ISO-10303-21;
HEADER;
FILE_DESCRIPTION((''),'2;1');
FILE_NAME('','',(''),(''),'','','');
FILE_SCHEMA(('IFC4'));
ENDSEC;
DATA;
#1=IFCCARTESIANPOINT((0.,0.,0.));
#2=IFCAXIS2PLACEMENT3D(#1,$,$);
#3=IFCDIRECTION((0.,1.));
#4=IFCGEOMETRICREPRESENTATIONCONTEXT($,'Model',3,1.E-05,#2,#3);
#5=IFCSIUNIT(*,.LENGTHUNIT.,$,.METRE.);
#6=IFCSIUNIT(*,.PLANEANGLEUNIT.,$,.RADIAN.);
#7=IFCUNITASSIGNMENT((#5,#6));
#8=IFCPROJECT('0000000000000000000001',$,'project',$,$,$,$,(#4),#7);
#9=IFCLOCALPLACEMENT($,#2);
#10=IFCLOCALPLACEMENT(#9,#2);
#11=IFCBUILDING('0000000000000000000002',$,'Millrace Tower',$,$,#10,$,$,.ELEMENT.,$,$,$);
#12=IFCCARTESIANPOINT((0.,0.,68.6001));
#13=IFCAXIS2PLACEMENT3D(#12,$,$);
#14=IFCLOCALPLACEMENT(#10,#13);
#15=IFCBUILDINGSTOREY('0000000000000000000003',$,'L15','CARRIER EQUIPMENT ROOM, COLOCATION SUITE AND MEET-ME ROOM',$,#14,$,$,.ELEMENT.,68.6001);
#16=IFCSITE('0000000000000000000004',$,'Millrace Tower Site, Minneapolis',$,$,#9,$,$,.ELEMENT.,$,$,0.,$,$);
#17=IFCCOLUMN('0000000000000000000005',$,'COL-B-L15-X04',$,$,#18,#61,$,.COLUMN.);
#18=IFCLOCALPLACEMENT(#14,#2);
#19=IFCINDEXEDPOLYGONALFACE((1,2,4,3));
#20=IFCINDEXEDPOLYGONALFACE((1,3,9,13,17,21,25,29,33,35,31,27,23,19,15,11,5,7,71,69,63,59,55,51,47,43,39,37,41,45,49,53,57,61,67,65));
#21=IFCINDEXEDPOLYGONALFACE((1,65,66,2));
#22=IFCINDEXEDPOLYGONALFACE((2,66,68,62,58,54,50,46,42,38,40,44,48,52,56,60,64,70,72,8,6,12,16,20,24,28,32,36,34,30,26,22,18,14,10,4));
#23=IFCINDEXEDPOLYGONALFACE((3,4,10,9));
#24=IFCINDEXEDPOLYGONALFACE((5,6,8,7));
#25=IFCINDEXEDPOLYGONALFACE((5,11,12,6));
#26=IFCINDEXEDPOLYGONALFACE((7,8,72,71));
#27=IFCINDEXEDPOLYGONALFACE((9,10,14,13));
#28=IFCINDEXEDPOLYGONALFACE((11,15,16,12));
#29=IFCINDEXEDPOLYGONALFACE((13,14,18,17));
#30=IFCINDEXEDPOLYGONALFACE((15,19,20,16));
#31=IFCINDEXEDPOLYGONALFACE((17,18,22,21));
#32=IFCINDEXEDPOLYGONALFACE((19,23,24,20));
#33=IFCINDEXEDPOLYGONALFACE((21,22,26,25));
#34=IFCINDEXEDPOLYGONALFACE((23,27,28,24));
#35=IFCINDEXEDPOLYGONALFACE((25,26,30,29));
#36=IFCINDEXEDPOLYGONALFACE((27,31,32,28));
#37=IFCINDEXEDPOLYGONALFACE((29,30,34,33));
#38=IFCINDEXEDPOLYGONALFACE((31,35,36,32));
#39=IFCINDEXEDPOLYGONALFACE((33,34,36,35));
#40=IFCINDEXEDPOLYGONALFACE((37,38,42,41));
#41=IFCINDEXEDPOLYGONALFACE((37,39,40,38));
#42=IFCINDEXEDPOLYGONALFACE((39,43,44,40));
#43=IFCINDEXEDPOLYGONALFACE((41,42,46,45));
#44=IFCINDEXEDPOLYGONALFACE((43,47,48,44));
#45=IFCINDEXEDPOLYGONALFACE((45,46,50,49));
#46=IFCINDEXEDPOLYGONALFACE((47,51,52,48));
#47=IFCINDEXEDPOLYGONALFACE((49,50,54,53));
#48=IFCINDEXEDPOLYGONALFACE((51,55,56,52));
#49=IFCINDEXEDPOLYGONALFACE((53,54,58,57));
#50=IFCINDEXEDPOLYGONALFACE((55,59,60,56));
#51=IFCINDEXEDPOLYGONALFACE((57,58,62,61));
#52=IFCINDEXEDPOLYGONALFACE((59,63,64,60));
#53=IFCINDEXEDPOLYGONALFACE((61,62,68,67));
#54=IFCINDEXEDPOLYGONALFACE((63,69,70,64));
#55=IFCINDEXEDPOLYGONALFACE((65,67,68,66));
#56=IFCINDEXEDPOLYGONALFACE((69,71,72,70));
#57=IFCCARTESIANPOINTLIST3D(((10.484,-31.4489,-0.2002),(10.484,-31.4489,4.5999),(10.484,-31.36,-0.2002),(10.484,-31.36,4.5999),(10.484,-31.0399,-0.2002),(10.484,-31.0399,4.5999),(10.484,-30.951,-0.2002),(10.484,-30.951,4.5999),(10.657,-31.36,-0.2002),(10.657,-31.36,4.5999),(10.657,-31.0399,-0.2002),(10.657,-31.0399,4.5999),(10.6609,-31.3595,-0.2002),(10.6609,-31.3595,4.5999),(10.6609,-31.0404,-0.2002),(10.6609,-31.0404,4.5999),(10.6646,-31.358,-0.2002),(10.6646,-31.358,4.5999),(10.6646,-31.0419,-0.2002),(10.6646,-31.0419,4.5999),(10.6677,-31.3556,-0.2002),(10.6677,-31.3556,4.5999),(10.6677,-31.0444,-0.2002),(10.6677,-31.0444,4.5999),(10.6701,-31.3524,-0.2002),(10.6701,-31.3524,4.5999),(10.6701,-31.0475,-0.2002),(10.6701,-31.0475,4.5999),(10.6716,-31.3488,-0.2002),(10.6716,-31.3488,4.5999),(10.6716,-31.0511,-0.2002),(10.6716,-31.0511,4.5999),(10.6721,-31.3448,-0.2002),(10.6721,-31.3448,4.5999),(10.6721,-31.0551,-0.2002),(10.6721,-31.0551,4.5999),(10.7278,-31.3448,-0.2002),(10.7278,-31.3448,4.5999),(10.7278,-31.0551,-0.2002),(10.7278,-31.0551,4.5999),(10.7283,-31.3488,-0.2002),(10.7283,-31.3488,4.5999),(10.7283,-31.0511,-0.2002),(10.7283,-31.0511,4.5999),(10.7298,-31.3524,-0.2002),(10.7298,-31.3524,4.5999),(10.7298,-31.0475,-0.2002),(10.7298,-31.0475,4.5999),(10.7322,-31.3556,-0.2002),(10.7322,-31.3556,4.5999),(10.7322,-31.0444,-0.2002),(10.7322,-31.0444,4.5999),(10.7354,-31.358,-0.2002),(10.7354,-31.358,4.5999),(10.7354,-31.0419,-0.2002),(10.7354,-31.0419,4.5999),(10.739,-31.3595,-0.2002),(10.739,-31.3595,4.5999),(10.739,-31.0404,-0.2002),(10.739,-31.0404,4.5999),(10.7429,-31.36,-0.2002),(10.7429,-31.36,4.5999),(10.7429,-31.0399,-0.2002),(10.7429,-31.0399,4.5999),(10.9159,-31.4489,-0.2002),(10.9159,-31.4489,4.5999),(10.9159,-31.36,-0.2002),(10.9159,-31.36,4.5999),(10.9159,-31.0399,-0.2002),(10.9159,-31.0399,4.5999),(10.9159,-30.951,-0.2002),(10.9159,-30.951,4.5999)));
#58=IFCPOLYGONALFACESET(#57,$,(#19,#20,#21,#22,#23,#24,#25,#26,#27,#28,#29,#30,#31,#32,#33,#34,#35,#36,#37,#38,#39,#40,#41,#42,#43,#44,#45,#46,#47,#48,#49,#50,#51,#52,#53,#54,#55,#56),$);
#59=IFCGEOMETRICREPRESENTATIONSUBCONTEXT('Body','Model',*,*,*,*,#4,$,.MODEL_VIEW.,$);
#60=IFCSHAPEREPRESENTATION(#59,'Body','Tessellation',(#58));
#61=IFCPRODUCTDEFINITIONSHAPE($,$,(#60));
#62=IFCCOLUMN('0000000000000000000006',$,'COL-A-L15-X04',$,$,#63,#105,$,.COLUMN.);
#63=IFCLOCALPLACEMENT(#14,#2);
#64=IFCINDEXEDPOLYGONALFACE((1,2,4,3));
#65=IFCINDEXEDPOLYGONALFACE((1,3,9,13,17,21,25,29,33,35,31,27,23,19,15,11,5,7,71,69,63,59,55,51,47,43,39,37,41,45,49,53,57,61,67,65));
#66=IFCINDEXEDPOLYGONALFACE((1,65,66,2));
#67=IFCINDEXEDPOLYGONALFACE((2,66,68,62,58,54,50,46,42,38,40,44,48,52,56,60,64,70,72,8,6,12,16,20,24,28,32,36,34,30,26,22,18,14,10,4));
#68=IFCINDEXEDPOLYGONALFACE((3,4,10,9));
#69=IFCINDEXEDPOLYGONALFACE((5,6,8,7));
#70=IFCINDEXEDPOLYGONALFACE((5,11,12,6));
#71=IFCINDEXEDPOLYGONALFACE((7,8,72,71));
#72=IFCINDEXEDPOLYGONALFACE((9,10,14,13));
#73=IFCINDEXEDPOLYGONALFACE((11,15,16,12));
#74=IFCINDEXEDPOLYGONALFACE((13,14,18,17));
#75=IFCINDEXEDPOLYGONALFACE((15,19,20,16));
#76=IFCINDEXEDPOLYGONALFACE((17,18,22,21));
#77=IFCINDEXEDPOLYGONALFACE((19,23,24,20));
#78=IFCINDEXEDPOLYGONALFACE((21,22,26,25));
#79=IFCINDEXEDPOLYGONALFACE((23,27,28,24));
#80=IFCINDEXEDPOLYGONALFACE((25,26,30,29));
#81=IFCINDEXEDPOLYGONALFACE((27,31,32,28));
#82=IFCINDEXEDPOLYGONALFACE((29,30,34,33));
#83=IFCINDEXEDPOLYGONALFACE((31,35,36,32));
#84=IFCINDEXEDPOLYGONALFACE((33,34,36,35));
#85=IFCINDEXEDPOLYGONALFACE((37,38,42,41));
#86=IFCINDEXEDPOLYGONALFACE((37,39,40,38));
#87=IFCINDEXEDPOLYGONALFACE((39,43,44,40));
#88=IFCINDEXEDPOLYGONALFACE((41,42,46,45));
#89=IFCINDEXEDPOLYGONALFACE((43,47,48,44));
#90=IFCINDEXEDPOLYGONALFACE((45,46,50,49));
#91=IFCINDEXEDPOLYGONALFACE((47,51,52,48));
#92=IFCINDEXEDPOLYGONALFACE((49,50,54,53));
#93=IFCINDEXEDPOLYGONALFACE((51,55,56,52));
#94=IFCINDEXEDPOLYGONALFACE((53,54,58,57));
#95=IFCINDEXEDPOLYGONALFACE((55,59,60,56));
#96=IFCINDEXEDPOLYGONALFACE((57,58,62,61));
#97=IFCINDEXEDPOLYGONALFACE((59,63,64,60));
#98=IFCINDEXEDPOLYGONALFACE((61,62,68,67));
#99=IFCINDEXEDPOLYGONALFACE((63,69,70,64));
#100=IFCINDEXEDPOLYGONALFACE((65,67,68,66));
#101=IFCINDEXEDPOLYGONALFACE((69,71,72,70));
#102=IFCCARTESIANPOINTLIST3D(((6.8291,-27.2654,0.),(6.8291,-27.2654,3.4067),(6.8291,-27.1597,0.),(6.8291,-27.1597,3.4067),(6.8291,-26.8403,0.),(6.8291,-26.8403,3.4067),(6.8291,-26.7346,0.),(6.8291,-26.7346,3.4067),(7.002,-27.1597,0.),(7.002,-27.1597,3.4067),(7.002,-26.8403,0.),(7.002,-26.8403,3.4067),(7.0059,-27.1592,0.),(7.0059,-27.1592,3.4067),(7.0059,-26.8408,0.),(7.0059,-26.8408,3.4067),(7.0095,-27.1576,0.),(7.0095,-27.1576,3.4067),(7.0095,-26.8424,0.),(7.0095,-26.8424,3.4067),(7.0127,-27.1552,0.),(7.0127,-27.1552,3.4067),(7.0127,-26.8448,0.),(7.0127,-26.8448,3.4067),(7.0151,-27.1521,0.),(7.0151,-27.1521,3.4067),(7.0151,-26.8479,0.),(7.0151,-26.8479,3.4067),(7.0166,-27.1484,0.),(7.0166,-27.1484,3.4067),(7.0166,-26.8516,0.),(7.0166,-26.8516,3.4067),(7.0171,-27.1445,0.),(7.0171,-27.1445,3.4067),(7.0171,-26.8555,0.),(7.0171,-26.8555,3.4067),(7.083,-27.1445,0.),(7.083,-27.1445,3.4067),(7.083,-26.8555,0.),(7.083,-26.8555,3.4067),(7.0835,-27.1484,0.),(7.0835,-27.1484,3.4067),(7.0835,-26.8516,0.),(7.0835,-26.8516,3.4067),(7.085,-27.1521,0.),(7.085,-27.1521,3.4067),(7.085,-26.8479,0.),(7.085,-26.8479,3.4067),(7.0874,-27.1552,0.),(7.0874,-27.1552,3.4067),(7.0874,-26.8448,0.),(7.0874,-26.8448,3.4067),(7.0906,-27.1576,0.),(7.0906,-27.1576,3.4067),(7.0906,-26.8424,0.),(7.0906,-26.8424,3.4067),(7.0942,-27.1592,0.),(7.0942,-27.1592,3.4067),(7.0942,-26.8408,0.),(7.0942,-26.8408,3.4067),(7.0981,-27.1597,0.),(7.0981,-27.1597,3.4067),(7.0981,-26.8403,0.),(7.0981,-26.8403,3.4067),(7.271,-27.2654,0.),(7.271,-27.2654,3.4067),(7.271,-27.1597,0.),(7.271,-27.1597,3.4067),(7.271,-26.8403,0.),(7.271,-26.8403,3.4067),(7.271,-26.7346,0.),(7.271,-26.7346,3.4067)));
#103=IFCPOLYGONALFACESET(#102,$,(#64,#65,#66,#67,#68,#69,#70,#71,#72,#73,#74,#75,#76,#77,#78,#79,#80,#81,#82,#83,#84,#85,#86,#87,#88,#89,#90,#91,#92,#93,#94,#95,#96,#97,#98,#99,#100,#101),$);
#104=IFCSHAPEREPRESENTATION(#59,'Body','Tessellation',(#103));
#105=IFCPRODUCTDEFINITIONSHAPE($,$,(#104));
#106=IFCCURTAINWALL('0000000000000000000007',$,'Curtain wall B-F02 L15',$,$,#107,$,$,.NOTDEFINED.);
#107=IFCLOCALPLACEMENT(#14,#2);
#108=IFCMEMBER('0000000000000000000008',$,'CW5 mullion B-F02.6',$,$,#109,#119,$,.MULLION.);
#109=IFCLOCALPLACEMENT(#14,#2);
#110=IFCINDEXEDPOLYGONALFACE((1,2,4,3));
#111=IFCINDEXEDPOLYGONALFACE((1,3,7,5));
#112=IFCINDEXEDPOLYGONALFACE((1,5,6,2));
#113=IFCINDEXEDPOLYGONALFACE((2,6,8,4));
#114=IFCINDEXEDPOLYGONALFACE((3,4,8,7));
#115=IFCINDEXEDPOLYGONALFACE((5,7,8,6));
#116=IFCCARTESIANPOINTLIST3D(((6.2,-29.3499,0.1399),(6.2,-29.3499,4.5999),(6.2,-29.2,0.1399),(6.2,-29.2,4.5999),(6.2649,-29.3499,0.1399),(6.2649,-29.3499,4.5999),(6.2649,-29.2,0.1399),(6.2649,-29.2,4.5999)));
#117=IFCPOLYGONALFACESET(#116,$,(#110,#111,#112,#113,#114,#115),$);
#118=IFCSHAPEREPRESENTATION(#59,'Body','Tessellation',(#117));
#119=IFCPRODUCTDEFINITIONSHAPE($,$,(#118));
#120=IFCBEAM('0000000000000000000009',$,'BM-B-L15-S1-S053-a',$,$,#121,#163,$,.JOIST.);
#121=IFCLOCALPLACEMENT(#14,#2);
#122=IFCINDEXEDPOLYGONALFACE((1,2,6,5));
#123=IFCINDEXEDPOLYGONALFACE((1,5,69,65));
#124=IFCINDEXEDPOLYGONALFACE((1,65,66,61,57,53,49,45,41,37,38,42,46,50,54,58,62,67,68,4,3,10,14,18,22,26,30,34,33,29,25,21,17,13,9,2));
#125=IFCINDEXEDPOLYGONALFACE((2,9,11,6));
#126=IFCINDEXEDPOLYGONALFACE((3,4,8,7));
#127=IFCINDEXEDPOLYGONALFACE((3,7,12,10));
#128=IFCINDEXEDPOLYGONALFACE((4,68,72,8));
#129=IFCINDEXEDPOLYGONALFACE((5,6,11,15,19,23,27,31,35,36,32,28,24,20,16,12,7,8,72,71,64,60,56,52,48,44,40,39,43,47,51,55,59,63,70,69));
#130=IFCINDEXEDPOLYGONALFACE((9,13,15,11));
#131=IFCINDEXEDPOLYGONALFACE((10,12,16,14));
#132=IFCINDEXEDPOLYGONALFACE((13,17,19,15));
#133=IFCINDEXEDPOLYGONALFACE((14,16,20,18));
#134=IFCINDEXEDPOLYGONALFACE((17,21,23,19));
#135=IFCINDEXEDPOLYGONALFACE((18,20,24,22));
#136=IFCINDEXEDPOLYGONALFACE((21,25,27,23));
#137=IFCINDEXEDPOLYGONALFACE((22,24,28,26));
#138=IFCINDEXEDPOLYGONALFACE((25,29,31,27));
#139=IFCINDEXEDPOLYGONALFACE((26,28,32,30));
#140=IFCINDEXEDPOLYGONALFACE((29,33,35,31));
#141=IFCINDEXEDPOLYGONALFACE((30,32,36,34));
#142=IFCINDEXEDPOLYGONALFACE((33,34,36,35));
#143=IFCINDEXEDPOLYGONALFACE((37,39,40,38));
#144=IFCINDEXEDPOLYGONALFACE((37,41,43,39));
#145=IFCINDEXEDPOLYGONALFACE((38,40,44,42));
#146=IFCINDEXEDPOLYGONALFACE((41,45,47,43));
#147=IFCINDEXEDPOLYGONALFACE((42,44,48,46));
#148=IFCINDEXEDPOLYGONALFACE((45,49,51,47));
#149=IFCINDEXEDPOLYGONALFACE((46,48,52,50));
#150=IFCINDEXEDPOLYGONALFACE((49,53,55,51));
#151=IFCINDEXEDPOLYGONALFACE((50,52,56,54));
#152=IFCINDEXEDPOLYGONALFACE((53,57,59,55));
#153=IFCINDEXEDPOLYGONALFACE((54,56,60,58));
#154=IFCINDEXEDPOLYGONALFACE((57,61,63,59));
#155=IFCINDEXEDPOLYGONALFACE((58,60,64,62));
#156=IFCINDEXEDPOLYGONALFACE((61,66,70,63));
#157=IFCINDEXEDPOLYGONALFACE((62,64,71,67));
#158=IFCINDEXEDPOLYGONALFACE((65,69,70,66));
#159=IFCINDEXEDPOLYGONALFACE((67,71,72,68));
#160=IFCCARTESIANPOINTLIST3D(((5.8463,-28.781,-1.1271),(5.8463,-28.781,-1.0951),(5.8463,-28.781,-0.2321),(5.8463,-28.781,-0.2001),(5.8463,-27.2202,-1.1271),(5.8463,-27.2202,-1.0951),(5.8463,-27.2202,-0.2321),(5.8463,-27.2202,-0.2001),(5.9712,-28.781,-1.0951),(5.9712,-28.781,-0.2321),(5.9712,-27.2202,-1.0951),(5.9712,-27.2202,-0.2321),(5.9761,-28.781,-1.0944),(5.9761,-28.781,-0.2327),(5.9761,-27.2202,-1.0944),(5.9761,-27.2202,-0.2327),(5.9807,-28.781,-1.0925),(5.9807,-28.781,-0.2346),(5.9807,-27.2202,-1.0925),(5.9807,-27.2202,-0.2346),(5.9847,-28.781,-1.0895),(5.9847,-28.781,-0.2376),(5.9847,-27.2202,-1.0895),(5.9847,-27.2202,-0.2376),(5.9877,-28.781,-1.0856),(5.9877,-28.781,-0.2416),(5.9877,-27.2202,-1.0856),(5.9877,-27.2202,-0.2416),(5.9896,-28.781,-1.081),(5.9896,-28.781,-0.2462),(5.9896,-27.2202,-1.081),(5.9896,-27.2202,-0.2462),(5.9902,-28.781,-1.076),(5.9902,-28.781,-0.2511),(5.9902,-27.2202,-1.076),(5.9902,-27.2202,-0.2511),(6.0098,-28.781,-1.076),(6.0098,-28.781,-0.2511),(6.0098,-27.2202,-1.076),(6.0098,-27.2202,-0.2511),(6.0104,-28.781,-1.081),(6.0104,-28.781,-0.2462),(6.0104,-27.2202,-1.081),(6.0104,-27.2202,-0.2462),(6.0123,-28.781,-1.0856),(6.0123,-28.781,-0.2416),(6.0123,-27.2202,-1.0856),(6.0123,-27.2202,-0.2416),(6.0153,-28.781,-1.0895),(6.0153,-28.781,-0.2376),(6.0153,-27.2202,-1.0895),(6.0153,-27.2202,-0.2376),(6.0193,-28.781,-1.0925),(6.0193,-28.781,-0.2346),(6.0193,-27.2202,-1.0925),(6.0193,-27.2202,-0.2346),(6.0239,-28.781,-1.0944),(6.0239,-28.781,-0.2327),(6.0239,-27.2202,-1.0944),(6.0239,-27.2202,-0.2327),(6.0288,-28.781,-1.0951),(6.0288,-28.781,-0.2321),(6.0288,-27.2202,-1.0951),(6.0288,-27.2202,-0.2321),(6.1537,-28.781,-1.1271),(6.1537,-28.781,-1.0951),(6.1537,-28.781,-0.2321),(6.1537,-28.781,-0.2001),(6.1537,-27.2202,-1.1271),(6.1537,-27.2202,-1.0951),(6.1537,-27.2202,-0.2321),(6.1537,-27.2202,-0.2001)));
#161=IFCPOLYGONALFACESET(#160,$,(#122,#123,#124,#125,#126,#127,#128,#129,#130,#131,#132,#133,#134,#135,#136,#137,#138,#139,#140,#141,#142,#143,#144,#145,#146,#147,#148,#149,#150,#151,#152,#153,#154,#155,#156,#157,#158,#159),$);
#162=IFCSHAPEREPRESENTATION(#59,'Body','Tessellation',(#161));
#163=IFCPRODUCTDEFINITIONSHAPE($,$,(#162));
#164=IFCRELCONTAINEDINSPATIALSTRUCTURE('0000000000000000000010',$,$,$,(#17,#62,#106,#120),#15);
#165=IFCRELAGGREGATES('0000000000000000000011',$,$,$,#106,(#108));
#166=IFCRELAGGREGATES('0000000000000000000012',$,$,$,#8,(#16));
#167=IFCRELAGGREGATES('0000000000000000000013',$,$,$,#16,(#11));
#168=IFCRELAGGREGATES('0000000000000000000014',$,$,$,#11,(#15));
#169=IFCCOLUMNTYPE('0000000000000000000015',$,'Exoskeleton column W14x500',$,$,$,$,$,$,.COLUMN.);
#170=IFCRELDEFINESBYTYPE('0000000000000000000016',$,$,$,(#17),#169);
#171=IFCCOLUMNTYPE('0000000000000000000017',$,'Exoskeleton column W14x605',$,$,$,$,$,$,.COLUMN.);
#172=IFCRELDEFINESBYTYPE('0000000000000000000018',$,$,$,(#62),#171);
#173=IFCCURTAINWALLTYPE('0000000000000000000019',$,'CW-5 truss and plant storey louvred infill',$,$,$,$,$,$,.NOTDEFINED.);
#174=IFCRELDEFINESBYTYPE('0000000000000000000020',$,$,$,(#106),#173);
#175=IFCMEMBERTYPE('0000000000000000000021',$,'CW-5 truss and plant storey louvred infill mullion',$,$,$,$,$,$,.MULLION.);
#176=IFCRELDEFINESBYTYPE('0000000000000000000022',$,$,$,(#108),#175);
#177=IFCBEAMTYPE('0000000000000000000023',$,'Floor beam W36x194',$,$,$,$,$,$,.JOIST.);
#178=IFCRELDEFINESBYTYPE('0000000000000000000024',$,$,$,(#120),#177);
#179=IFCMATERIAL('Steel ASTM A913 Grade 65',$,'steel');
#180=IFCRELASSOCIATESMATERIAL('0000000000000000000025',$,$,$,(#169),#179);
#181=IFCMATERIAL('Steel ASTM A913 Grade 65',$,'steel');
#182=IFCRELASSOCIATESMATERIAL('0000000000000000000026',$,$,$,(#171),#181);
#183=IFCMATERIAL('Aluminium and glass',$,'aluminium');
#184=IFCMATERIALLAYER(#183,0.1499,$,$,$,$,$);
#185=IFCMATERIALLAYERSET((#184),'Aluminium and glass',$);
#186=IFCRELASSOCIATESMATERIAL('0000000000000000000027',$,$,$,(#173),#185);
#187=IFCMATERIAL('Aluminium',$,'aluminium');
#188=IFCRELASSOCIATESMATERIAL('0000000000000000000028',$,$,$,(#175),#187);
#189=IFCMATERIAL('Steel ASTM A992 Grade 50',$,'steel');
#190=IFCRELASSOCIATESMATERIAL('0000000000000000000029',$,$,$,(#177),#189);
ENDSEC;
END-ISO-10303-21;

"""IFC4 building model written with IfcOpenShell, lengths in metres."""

from ifc_helpers import new_model, si_unit, direction, frame, origin, origin_2d, place, context, subcontext, project, spatial, rectangle, i_section, extrude, material, layer, layer_set, material_profile, profile_set, type_object, element, aggregate, save


model = new_model("IFC4")

# Units and contexts
model_context = context("Model", 3, precision=1e-05, world=origin(), true_north=direction((0.0, 1.0)))
body_context = subcontext(model_context, "Body", "Model", "MODEL_VIEW")
ifc_project = project(units=[si_unit("LENGTHUNIT", "METRE"), si_unit("PLANEANGLEUNIT", "RADIAN")], contexts=[model_context])

# Site, building, storey
site_placement = place(None, origin())
site = spatial("IfcSite", under=ifc_project, at=site_placement, Name="Millrace Tower Site, Minneapolis", CompositionType="ELEMENT", RefElevation=0.0)
building_placement = place(site_placement, origin())
building = spatial("IfcBuilding", under=site, at=building_placement, Name="Millrace Tower", CompositionType="ELEMENT")
storey_placement = place(building_placement, frame((0.0, 0.0, 68.6001)))
storey = spatial("IfcBuildingStorey", under=building, at=storey_placement, Name="L15", Description="CARRIER EQUIPMENT ROOM, COLOCATION SUITE AND MEET-ME ROOM", CompositionType="ELEMENT", Elevation=68.6001)

# Columns
ifc_material_1 = material(Name="Steel ASTM A913 Grade 65", Category="steel")
ifc_material_profile_1 = material_profile(ifc_material_1, i_section(OverallWidth=0.4319, OverallDepth=0.4978, WebThickness=0.0557, FlangeThickness=0.0889, FilletRadius=0.0151, at=origin_2d()))
ifc_profile_set_1 = profile_set([ifc_material_profile_1], Name="Steel ASTM A913 Grade 65")
column_type_1 = type_object("IfcColumnType", Name="Exoskeleton column W14x500", PredefinedType="COLUMN", material=ifc_profile_set_1)
column_1_placement = place(storey_placement, frame((10.7, -31.2, -0.2002), z_axis=(0.0, 0.0, 1.0), x_axis=(1.0, 0.0, 0.0)))
element("IfcColumn", 1, at=column_1_placement, inside=storey, type_object=column_type_1, Name="COL-B-L15-X04", PredefinedType="COLUMN", context=body_context, shape_type="SweptSolid", body=[
    extrude(i_section(OverallWidth=0.4319, OverallDepth=0.4978, WebThickness=0.0557, FlangeThickness=0.0889, FilletRadius=0.0151, at=origin_2d()), origin(), (0.0, 0.0, 1.0), 4.8),
])
ifc_material_2 = material(Name="Steel ASTM A913 Grade 65", Category="steel")
ifc_material_profile_2 = material_profile(ifc_material_2, i_section(OverallWidth=0.4419, OverallDepth=0.5308, WebThickness=0.0659, FlangeThickness=0.1057, FilletRadius=0.0151, at=origin_2d()))
ifc_profile_set_2 = profile_set([ifc_material_profile_2], Name="Steel ASTM A913 Grade 65")
column_type_2 = type_object("IfcColumnType", Name="Exoskeleton column W14x605", PredefinedType="COLUMN", material=ifc_profile_set_2)
column_2_placement = place(storey_placement, frame((7.05, -27.0, 0.0), z_axis=(0.0, 0.0, 1.0), x_axis=(1.0, 0.0, 0.0)))
element("IfcColumn", 2, at=column_2_placement, inside=storey, type_object=column_type_2, Name="COL-A-L15-X04", PredefinedType="COLUMN", context=body_context, shape_type="SweptSolid", body=[
    extrude(i_section(OverallWidth=0.4419, OverallDepth=0.5308, WebThickness=0.0659, FlangeThickness=0.1057, FilletRadius=0.0151, at=origin_2d()), origin(), (0.0, 0.0, 1.0), 3.4067),
])

# Curtain wall, member
ifc_material_3 = material(Name="Aluminium and glass", Category="aluminium")
ifc_layer_1 = layer(ifc_material_3, 0.1499)
ifc_layer_set_1 = layer_set([ifc_layer_1], Name="Aluminium and glass")
curtain_wall_type = type_object("IfcCurtainWallType", Name="CW-5 truss and plant storey louvred infill", PredefinedType="NOTDEFINED", material=ifc_layer_set_1)
curtain_wall_placement = place(storey_placement, origin())
curtain_wall = element("IfcCurtainWall", 3, at=curtain_wall_placement, inside=storey, type_object=curtain_wall_type, Name="Curtain wall B-F02 L15", PredefinedType="NOTDEFINED")
ifc_material_4 = material(Name="Aluminium", Category="aluminium")
ifc_material_profile_3 = material_profile(ifc_material_4, rectangle(XDim=0.0649, YDim=0.1499, at=origin_2d()))
ifc_profile_set_3 = profile_set([ifc_material_profile_3], Name="Aluminium")
member_type_1 = type_object("IfcMemberType", Name="CW-5 truss and plant storey louvred infill mullion", PredefinedType="MULLION", material=ifc_profile_set_3)
member_1_placement = place(storey_placement, frame((6.2324, -29.2749, 0.1399), z_axis=(0.0, 0.0, 1.0), x_axis=(1.0, 0.0, 0.0)))
member_1 = element("IfcMember", 4, at=member_1_placement, type_object=member_type_1, Name="CW5 mullion B-F02.6", PredefinedType="MULLION", context=body_context, shape_type="SweptSolid", body=[
    extrude(rectangle(XDim=0.0649, YDim=0.1499, at=origin_2d()), origin(), (0.0, 0.0, 1.0), 4.46),
])
aggregate(curtain_wall, [member_1])

# Beam
ifc_material_5 = material(Name="Steel ASTM A992 Grade 50", Category="steel")
ifc_material_profile_4 = material_profile(ifc_material_5, i_section(OverallWidth=0.3074, OverallDepth=0.927, WebThickness=0.0195, FlangeThickness=0.032, FilletRadius=0.019, at=origin_2d()))
ifc_profile_set_4 = profile_set([ifc_material_profile_4], Name="Steel ASTM A992 Grade 50")
beam_type_1 = type_object("IfcBeamType", Name="Floor beam W36x194", PredefinedType="JOIST", material=ifc_profile_set_4)
beam_1_placement = place(storey_placement, frame((6.0, -28.781, -0.6636), z_axis=(0.0, 1.0, 0.0), x_axis=(-1.0, 0.0, 0.0)))
element("IfcBeam", 5, at=beam_1_placement, inside=storey, type_object=beam_type_1, Name="BM-B-L15-S1-S053-a", PredefinedType="JOIST", context=body_context, shape_type="SweptSolid", body=[
    extrude(i_section(OverallWidth=0.3074, OverallDepth=0.927, WebThickness=0.0195, FlangeThickness=0.032, FilletRadius=0.019, at=origin_2d()), origin(), (0.0, 0.0, 1.0), 1.5608),
])

save(model, "model.ifc")
